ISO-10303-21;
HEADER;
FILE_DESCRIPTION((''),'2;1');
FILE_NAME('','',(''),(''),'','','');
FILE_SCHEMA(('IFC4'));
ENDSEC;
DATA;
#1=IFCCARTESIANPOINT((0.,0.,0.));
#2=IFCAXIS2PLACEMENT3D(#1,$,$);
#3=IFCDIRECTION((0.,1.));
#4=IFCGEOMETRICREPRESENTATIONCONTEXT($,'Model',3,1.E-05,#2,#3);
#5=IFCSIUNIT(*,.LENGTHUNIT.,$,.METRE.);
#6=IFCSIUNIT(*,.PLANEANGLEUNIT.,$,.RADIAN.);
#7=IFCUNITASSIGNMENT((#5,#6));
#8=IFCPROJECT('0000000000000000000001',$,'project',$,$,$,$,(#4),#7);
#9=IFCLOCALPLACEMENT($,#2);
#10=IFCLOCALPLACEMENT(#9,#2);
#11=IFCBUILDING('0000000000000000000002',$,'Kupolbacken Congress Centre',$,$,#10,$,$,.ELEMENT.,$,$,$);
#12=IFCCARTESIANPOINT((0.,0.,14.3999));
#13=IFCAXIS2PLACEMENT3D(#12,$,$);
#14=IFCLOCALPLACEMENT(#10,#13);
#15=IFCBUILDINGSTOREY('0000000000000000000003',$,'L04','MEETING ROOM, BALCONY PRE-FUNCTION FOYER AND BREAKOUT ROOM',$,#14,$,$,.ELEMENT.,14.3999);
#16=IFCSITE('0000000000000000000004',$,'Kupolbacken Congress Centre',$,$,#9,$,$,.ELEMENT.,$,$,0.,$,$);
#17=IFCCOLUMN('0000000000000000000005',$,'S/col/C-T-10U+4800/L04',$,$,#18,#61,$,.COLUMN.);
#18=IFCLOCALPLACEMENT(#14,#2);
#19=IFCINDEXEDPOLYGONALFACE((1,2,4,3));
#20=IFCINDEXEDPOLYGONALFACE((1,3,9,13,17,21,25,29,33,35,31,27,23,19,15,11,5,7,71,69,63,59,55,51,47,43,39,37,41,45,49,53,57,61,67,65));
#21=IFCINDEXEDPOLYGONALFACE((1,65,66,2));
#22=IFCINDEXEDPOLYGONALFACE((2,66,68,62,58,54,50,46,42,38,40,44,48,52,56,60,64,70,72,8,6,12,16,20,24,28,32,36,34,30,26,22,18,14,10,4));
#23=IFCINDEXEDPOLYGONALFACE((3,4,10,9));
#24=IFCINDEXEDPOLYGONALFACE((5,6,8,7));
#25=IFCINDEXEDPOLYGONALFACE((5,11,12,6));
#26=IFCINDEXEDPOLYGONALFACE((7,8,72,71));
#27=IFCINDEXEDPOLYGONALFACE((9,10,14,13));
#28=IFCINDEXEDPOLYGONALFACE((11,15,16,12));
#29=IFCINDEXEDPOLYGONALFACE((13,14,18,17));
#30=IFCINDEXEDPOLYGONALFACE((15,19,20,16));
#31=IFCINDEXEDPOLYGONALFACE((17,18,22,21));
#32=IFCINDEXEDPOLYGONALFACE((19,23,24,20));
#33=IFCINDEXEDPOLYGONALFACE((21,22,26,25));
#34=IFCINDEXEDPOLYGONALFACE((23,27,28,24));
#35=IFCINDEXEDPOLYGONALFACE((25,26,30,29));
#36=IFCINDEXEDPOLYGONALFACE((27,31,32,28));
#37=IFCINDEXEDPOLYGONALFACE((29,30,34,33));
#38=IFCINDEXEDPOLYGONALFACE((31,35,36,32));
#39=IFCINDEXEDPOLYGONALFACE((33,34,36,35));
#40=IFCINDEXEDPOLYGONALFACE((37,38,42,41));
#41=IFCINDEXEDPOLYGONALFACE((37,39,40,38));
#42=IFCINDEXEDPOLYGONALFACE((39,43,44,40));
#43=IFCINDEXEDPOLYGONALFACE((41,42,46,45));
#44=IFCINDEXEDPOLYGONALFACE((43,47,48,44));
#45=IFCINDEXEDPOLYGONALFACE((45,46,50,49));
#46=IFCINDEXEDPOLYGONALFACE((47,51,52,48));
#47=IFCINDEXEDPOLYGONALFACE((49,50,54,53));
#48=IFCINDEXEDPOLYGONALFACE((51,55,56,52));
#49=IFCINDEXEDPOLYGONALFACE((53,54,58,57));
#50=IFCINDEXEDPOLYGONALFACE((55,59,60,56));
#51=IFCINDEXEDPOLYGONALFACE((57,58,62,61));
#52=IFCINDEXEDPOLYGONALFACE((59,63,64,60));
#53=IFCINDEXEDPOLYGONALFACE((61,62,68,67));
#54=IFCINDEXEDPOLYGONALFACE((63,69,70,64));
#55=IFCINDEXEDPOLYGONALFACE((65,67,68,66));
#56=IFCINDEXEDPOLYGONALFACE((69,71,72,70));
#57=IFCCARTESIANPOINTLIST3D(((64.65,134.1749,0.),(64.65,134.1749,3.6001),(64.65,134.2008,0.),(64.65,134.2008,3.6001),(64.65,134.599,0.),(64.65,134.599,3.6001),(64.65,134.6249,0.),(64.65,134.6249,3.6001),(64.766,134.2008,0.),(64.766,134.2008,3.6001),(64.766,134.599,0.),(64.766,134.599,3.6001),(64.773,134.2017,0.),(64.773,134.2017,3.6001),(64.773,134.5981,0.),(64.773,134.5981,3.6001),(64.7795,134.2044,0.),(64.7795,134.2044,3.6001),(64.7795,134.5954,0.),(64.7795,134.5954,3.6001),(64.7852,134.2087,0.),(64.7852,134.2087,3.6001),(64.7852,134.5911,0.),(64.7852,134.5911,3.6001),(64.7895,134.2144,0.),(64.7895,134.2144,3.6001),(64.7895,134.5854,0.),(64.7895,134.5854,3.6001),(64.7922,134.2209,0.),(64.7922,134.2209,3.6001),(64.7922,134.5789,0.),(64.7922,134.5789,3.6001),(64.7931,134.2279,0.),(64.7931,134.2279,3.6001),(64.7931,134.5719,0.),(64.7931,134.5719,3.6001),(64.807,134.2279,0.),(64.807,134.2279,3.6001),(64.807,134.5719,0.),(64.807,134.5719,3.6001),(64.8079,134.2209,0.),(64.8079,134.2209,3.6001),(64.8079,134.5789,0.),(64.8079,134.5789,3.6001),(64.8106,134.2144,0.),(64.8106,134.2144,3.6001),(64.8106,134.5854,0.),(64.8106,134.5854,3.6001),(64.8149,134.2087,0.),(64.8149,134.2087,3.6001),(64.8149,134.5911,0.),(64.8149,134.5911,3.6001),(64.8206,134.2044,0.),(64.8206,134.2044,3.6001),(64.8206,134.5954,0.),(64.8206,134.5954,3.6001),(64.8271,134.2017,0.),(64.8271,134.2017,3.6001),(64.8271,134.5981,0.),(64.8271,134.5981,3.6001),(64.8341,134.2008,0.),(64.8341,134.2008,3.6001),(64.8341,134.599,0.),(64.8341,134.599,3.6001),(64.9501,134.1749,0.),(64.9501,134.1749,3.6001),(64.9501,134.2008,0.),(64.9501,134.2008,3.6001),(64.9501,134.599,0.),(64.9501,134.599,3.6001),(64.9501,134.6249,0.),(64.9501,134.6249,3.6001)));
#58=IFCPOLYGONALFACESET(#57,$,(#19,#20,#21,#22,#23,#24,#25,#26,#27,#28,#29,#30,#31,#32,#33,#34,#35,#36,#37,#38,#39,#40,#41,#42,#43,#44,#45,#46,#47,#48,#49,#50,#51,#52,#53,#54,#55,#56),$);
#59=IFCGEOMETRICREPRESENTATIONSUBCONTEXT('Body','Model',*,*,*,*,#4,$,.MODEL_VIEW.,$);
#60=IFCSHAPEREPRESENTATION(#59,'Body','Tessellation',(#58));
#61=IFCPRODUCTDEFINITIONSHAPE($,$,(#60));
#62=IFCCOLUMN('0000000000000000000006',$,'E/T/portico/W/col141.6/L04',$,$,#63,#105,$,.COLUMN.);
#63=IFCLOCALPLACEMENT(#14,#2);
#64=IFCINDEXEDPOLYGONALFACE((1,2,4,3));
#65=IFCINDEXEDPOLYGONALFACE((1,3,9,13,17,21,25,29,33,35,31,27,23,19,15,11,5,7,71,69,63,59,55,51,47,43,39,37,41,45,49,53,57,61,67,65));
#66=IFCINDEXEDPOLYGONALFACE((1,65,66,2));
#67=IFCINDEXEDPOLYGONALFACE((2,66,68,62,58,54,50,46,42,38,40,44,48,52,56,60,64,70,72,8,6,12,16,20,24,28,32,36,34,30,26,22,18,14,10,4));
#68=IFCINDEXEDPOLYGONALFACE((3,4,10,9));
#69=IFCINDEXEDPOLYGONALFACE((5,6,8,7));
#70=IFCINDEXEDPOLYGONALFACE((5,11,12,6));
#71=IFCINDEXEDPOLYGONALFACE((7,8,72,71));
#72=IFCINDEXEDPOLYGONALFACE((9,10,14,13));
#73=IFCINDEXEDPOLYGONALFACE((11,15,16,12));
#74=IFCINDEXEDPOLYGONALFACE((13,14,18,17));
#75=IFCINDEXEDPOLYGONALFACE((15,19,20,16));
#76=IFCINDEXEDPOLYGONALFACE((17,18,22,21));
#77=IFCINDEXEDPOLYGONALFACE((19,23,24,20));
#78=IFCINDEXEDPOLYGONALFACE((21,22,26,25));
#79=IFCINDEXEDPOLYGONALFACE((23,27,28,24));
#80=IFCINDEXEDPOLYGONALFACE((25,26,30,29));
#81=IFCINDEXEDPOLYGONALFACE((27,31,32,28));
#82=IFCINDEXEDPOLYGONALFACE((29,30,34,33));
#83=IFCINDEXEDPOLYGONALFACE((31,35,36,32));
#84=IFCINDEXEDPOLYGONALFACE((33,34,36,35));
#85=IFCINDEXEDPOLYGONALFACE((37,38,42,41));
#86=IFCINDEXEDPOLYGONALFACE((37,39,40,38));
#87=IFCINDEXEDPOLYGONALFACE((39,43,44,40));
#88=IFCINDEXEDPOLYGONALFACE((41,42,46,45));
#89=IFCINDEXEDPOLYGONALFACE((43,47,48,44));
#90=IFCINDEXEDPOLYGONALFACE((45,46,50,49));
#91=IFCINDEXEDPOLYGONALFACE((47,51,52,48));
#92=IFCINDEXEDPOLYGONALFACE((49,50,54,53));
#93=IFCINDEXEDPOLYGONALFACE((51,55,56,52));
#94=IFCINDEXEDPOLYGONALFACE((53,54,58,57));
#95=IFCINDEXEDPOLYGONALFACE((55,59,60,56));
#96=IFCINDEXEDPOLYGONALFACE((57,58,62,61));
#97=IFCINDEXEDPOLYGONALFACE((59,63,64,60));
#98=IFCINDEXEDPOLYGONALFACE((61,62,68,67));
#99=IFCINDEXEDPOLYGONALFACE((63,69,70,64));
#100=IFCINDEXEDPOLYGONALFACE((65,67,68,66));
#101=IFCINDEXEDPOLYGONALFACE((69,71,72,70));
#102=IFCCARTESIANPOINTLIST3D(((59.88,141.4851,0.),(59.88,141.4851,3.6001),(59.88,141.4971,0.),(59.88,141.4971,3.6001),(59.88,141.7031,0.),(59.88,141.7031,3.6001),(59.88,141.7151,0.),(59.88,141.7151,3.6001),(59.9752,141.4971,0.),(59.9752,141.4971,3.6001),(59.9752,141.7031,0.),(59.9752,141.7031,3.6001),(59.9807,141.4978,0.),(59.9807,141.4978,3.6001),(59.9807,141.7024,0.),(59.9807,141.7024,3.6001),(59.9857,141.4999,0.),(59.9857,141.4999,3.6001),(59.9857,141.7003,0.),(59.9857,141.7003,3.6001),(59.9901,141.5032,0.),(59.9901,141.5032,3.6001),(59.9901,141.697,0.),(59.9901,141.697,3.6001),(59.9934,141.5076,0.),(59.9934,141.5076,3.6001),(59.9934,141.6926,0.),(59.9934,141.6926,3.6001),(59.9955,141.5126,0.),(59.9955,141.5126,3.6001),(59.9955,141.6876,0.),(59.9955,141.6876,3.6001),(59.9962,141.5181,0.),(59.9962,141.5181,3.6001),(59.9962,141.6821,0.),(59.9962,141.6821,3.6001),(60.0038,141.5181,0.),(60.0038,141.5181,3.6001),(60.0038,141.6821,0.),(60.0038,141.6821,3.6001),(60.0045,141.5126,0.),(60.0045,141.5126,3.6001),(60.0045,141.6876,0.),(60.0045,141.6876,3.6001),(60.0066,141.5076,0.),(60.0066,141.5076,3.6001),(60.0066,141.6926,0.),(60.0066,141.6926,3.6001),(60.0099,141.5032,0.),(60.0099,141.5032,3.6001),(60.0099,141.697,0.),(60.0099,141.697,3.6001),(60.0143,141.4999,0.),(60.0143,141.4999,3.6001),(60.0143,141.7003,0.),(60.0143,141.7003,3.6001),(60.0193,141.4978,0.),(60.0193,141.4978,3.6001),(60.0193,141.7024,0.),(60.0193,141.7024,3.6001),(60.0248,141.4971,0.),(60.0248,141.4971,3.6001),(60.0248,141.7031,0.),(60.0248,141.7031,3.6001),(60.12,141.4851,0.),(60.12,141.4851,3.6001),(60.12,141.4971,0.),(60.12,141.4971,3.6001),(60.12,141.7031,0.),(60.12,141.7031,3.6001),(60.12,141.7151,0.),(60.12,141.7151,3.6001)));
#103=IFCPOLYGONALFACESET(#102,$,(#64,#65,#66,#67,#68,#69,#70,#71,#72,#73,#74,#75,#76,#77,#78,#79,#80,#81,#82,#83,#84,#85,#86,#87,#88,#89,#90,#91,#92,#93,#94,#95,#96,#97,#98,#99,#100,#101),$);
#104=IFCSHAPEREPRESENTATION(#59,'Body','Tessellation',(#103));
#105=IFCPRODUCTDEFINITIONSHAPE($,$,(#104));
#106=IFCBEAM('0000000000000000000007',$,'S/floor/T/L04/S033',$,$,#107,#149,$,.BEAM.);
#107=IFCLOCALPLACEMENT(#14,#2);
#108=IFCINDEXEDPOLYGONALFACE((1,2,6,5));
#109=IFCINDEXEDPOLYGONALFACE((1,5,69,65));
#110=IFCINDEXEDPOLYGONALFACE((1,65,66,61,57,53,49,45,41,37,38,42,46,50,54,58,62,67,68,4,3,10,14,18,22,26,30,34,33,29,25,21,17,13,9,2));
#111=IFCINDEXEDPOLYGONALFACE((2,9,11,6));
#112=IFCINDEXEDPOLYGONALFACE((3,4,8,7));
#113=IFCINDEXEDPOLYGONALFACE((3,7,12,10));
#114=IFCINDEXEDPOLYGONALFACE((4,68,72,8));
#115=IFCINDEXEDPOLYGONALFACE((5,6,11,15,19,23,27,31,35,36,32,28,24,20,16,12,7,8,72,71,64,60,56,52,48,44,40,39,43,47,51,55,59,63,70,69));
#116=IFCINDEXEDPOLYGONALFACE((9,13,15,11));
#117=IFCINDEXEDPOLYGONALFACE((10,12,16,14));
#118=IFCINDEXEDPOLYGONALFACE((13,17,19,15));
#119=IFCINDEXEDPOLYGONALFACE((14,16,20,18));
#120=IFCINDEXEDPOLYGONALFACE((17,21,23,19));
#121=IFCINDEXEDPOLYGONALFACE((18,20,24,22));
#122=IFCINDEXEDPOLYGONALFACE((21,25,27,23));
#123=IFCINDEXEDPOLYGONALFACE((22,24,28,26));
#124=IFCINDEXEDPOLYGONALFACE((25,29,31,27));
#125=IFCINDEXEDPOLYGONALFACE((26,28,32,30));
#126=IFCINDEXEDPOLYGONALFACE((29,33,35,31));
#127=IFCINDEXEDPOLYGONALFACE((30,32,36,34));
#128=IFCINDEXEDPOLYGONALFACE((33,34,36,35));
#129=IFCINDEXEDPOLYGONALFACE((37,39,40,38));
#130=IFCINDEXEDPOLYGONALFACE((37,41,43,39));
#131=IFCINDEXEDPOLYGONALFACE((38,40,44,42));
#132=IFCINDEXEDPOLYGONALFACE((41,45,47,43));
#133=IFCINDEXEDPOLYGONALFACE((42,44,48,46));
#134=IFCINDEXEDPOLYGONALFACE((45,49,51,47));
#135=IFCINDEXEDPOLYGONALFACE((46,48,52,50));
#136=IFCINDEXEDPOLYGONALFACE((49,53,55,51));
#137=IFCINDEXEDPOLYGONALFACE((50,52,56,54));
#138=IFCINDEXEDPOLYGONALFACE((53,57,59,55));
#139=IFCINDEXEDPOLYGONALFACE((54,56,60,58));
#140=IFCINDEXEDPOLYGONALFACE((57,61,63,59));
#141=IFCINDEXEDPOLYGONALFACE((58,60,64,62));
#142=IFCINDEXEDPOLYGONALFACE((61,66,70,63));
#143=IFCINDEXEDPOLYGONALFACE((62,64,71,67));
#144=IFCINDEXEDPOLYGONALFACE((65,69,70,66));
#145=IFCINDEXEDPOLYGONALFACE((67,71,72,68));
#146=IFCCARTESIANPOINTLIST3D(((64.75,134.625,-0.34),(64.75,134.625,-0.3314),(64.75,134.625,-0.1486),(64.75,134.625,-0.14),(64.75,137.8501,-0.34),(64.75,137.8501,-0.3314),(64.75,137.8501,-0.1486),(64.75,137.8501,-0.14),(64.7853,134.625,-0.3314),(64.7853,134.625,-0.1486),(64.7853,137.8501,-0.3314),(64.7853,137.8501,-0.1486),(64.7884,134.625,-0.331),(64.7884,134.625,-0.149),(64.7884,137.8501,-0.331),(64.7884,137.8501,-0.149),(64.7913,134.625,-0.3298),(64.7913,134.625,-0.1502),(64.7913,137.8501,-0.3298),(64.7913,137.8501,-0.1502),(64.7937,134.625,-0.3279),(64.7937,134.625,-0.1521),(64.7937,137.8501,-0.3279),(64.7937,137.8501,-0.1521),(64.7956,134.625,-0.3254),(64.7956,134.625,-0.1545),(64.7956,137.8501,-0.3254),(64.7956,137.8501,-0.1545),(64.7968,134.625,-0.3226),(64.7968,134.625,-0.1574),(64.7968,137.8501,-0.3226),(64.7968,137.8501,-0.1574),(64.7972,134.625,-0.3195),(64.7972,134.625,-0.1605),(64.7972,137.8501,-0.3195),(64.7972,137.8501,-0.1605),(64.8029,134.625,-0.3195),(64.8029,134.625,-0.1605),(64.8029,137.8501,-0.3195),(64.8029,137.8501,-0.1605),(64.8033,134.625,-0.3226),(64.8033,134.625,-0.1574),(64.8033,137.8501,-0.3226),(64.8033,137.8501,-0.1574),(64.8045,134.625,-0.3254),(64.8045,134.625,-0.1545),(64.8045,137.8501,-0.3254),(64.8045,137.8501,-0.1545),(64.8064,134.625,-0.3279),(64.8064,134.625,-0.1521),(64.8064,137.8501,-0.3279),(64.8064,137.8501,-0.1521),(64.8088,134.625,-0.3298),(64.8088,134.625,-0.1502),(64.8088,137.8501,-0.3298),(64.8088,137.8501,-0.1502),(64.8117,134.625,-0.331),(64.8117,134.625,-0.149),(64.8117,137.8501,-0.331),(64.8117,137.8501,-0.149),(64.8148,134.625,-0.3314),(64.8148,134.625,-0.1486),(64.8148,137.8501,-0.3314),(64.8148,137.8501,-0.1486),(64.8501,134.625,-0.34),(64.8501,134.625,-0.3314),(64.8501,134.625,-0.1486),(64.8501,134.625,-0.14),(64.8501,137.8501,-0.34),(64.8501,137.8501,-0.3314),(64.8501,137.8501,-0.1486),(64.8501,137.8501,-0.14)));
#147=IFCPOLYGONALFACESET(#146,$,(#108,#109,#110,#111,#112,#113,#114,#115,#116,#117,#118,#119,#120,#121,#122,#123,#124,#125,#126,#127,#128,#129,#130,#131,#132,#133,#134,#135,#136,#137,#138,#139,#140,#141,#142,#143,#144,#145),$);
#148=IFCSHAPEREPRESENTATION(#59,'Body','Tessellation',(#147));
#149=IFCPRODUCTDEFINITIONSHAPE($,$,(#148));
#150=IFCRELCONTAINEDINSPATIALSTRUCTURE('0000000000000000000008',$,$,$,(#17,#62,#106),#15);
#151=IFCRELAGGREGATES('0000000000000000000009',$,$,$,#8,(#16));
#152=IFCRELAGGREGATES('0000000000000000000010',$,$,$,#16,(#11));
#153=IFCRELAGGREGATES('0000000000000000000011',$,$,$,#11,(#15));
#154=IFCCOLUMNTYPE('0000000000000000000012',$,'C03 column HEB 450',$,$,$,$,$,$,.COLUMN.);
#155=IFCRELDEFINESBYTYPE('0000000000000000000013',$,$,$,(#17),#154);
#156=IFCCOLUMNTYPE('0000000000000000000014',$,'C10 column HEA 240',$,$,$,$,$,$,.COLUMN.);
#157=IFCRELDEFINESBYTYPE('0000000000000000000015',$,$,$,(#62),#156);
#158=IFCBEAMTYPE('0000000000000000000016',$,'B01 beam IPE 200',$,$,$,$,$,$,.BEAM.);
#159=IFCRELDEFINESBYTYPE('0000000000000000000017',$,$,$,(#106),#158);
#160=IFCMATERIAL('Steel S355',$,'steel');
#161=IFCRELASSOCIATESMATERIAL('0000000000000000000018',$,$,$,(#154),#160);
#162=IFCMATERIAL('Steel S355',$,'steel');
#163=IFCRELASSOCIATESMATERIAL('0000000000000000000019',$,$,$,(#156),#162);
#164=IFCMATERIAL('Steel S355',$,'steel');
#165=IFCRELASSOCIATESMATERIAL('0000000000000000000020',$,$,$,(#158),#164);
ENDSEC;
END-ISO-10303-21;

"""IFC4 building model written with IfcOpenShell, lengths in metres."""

from ifc_helpers import new_model, si_unit, direction, frame, origin, origin_2d, place, context, subcontext, project, spatial, i_section, extrude, material, material_profile, profile_set, type_object, element, save


model = new_model("IFC4")

# Units and contexts
model_context = context("Model", 3, precision=1e-05, world=origin(), true_north=direction((0.0, 1.0)))
body_context = subcontext(model_context, "Body", "Model", "MODEL_VIEW")
ifc_project = project(units=[si_unit("LENGTHUNIT", "METRE"), si_unit("PLANEANGLEUNIT", "RADIAN")], contexts=[model_context])

# Site, building, storey
site_placement = place(None, origin())
site = spatial("IfcSite", under=ifc_project, at=site_placement, Name="Kupolbacken Congress Centre", CompositionType="ELEMENT", RefElevation=0.0)
building_placement = place(site_placement, origin())
building = spatial("IfcBuilding", under=site, at=building_placement, Name="Kupolbacken Congress Centre", CompositionType="ELEMENT")
storey_placement = place(building_placement, frame((0.0, 0.0, 14.3999)))
storey = spatial("IfcBuildingStorey", under=building, at=storey_placement, Name="L04", Description="MEETING ROOM, BALCONY PRE-FUNCTION FOYER AND BREAKOUT ROOM", CompositionType="ELEMENT", Elevation=14.3999)

# Columns
ifc_material_1 = material(Name="Steel S355", Category="steel")
ifc_material_profile_1 = material_profile(ifc_material_1, i_section(OverallWidth=0.3, OverallDepth=0.45, WebThickness=0.0139, FlangeThickness=0.0259, FilletRadius=0.0271, at=origin_2d()), Name="HEB 450")
ifc_profile_set_1 = profile_set([ifc_material_profile_1], Name="Steel S355")
column_type_1 = type_object("IfcColumnType", Name="C03 column HEB 450", PredefinedType="COLUMN", material=ifc_profile_set_1)
column_1_placement = place(storey_placement, frame((64.8, 134.3999, 0.0), z_axis=(0.0, 0.0, 1.0), x_axis=(1.0, 0.0, 0.0)))
element("IfcColumn", 1, at=column_1_placement, inside=storey, type_object=column_type_1, Name="S/col/C-T-10U+4800/L04", PredefinedType="COLUMN", context=body_context, shape_type="SweptSolid", body=[
    extrude(i_section(OverallWidth=0.3, OverallDepth=0.45, WebThickness=0.0139, FlangeThickness=0.0259, FilletRadius=0.0271, at=origin_2d()), origin(), (0.0, 0.0, 1.0), 3.6001),
])
ifc_material_2 = material(Name="Steel S355", Category="steel")
ifc_material_profile_2 = material_profile(ifc_material_2, i_section(OverallWidth=0.24, OverallDepth=0.23, WebThickness=0.0076, FlangeThickness=0.012, FilletRadius=0.021, at=origin_2d()), Name="HEA 240")
ifc_profile_set_2 = profile_set([ifc_material_profile_2], Name="Steel S355")
column_type_2 = type_object("IfcColumnType", Name="C10 column HEA 240", PredefinedType="COLUMN", material=ifc_profile_set_2)
column_2_placement = place(storey_placement, frame((60.0, 141.6001, 0.0), z_axis=(0.0, 0.0, 1.0), x_axis=(1.0, 0.0, 0.0)))
element("IfcColumn", 2, at=column_2_placement, inside=storey, type_object=column_type_2, Name="E/T/portico/W/col141.6/L04", PredefinedType="COLUMN", context=body_context, shape_type="SweptSolid", body=[
    extrude(i_section(OverallWidth=0.24, OverallDepth=0.23, WebThickness=0.0076, FlangeThickness=0.012, FilletRadius=0.021, at=origin_2d()), origin(), (0.0, 0.0, 1.0), 3.6001),
])

# Beam
ifc_material_3 = material(Name="Steel S355", Category="steel")
ifc_material_profile_3 = material_profile(ifc_material_3, i_section(OverallWidth=0.1001, OverallDepth=0.2, WebThickness=0.0056, FlangeThickness=0.0085, FilletRadius=0.012, at=origin_2d()), Name="IPE 200")
ifc_profile_set_3 = profile_set([ifc_material_profile_3], Name="Steel S355")
beam_type_1 = type_object("IfcBeamType", Name="B01 beam IPE 200", PredefinedType="BEAM", material=ifc_profile_set_3)
beam_1_placement = place(storey_placement, frame((64.8, 134.625, -0.24), z_axis=(0.0, 1.0, 0.0), x_axis=(-1.0, 0.0, 0.0)))
element("IfcBeam", 3, at=beam_1_placement, inside=storey, type_object=beam_type_1, Name="S/floor/T/L04/S033", PredefinedType="BEAM", context=body_context, shape_type="SweptSolid", body=[
    extrude(i_section(OverallWidth=0.1001, OverallDepth=0.2, WebThickness=0.0056, FlangeThickness=0.0085, FilletRadius=0.012, at=origin_2d()), origin(), (0.0, 0.0, 1.0), 3.2251),
])

save(model, "model.ifc")
